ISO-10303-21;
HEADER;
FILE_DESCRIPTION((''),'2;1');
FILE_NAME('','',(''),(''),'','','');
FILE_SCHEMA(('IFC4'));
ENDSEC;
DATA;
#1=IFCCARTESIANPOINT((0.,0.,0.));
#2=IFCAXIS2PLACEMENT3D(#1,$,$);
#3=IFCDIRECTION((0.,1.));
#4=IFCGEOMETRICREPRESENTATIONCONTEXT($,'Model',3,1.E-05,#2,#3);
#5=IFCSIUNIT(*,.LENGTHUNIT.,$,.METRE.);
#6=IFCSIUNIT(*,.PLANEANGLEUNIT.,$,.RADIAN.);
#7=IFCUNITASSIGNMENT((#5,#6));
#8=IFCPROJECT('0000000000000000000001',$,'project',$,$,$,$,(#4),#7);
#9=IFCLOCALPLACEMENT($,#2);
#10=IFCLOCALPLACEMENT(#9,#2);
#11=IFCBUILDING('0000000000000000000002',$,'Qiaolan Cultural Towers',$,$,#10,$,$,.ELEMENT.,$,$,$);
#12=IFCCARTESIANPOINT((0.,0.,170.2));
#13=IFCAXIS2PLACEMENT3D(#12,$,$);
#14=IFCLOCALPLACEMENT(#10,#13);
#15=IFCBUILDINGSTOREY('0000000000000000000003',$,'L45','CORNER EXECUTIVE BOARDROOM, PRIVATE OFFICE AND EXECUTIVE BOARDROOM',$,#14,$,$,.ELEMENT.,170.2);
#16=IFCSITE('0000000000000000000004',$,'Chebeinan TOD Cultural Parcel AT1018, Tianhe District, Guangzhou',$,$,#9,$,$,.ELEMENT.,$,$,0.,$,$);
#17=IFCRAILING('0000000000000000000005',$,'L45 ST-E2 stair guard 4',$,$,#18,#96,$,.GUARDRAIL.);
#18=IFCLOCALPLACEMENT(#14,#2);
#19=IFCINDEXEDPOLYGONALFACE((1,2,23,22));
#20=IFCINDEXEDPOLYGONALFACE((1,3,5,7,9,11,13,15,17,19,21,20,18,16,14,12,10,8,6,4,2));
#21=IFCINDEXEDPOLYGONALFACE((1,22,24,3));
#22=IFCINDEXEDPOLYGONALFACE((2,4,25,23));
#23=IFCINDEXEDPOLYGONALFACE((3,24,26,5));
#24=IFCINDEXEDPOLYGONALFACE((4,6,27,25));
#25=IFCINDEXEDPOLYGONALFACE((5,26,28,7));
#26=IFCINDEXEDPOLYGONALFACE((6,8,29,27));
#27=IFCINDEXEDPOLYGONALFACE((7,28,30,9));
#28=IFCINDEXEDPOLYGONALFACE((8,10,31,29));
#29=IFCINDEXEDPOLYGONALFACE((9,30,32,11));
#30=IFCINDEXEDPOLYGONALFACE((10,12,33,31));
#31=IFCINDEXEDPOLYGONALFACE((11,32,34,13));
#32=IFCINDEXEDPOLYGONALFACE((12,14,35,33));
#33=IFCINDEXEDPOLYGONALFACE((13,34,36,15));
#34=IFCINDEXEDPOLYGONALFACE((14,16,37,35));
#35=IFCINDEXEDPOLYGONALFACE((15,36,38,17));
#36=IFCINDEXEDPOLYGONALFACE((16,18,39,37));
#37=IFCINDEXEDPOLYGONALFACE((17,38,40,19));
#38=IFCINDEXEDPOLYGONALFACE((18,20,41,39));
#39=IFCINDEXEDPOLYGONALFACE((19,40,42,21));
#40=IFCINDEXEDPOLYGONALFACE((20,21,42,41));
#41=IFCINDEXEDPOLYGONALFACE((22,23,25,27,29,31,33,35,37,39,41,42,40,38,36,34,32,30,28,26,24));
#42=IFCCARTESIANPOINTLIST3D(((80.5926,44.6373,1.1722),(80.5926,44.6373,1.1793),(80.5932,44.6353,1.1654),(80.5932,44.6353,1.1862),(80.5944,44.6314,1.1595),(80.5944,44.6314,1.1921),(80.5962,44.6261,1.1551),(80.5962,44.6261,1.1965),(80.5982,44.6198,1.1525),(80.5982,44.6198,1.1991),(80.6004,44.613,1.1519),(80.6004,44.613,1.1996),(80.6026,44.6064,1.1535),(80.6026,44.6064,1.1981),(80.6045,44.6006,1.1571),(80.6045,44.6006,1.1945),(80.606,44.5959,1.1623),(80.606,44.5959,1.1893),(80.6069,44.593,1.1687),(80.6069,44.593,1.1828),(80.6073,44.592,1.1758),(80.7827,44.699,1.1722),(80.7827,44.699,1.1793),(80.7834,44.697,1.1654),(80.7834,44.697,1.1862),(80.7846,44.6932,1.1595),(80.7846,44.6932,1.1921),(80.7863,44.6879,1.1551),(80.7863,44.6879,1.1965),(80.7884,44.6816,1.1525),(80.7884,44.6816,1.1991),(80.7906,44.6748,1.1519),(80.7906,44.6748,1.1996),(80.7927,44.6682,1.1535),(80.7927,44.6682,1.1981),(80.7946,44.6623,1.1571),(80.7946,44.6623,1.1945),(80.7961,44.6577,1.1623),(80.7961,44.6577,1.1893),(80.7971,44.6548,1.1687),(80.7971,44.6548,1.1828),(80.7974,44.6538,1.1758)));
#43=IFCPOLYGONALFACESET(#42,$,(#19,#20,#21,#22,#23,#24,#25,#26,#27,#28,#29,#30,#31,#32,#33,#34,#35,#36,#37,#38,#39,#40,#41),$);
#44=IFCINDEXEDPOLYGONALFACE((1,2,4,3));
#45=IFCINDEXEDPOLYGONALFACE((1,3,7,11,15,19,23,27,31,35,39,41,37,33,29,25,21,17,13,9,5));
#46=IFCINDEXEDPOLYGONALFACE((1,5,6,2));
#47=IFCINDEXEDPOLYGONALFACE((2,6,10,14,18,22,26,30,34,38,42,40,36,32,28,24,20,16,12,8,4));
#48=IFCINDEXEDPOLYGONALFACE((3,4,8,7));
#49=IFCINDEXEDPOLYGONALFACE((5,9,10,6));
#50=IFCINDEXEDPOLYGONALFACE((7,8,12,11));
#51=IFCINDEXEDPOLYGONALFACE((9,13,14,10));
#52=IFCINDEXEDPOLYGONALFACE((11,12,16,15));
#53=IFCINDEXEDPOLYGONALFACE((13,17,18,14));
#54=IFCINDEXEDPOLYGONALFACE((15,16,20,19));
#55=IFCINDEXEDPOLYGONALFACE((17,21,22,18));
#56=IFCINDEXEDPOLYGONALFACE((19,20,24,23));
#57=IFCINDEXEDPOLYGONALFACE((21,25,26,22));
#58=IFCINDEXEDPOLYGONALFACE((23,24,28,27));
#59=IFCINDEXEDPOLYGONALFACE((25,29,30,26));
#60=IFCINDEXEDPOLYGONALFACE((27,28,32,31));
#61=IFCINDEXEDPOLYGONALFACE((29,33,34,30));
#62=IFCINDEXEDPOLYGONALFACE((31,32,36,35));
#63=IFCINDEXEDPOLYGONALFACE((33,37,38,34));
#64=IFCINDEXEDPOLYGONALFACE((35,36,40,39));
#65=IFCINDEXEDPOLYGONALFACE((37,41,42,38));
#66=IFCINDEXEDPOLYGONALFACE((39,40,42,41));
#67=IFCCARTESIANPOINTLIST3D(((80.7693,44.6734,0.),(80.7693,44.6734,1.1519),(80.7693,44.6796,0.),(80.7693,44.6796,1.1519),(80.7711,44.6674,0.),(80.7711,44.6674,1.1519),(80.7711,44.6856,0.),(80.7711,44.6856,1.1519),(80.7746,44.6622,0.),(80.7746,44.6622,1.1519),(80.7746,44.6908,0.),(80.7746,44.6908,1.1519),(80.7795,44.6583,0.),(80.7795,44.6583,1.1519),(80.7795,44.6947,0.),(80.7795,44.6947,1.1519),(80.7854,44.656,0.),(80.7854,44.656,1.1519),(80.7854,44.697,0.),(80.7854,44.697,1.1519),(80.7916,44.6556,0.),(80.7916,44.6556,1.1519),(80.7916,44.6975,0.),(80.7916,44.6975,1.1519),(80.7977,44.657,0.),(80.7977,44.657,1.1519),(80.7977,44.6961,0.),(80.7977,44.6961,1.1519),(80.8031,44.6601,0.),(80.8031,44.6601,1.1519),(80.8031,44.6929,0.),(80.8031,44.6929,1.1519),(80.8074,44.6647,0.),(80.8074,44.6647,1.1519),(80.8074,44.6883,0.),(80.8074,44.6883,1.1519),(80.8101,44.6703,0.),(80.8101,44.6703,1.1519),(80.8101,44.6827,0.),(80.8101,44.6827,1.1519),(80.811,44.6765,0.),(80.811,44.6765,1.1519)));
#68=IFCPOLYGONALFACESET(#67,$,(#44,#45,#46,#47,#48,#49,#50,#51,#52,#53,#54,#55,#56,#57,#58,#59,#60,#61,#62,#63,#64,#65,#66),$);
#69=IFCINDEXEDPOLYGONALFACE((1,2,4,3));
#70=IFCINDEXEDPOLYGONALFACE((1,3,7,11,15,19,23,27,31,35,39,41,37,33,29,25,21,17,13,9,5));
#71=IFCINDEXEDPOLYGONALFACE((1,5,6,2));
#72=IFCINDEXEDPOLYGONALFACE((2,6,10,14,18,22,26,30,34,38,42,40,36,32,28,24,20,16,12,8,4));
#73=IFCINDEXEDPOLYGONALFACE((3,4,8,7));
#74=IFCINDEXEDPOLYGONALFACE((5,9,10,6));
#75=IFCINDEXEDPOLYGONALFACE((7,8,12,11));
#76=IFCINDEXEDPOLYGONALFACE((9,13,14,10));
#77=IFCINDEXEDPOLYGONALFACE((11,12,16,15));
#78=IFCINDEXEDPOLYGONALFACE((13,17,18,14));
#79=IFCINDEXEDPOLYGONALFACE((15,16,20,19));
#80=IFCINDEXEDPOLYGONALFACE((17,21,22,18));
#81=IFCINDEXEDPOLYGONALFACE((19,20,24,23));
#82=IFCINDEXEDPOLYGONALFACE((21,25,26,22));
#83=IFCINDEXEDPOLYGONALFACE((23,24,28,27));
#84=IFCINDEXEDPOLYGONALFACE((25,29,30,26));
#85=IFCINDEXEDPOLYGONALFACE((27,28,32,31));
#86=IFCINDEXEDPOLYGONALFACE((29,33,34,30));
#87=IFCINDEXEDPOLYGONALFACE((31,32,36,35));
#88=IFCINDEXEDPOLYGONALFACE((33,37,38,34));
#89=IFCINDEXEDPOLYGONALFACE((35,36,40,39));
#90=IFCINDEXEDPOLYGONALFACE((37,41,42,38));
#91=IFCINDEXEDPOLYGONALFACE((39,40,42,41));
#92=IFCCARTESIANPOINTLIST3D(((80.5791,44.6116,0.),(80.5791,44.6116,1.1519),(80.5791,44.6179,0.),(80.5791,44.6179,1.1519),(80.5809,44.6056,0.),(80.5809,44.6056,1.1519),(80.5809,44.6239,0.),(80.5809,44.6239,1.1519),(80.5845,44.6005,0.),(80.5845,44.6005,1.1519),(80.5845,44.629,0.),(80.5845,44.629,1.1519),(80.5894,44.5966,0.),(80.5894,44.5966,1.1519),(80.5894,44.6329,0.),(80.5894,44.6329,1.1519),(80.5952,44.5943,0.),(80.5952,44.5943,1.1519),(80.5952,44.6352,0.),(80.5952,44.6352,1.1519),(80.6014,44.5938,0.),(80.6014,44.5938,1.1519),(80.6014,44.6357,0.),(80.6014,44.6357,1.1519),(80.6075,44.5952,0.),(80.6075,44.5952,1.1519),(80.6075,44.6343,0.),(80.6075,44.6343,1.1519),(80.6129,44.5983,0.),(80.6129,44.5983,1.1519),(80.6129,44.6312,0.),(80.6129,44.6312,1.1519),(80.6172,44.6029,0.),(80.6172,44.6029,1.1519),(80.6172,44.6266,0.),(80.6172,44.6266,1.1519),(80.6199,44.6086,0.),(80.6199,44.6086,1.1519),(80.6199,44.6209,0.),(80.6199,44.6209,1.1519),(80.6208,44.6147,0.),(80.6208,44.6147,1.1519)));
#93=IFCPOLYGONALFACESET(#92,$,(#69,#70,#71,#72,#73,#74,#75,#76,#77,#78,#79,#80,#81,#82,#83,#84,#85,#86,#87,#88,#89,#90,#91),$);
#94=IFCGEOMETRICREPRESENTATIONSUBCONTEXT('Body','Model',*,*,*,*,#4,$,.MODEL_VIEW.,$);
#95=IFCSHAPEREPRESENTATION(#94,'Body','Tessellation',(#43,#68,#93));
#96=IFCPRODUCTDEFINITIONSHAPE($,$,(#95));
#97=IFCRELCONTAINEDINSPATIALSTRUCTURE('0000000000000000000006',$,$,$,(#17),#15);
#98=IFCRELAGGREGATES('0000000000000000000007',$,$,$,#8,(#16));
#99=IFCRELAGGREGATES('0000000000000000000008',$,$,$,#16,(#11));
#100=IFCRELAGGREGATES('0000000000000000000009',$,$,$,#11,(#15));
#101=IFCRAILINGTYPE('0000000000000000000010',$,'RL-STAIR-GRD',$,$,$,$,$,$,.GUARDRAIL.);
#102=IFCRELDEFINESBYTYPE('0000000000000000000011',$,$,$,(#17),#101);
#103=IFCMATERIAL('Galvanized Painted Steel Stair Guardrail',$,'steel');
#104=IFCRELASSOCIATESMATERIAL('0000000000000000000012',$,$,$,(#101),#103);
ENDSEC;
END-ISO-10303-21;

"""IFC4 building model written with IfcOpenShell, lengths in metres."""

from ifc_helpers import new_model, si_unit, direction, frame, origin, origin_2d, place, context, subcontext, project, spatial, circle, extrude, material, type_object, element, save


model = new_model("IFC4")

# Units and contexts
model_context = context("Model", 3, precision=1e-05, world=origin(), true_north=direction((0.0, 1.0)))
body_context = subcontext(model_context, "Body", "Model", "MODEL_VIEW")
ifc_project = project(units=[si_unit("LENGTHUNIT", "METRE"), si_unit("PLANEANGLEUNIT", "RADIAN")], contexts=[model_context])

# Site, building, storey
site_placement = place(None, origin())
site = spatial("IfcSite", under=ifc_project, at=site_placement, Name="Chebeinan TOD Cultural Parcel AT1018, Tianhe District, Guangzhou", CompositionType="ELEMENT", RefElevation=0.0)
building_placement = place(site_placement, origin())
building = spatial("IfcBuilding", under=site, at=building_placement, Name="Qiaolan Cultural Towers", CompositionType="ELEMENT")
storey_placement = place(building_placement, frame((0.0, 0.0, 170.2)))
storey = spatial("IfcBuildingStorey", under=building, at=storey_placement, Name="L45", Description="CORNER EXECUTIVE BOARDROOM, PRIVATE OFFICE AND EXECUTIVE BOARDROOM", CompositionType="ELEMENT", Elevation=170.2)

# Railing
ifc_material_1 = material(Name="Galvanized Painted Steel Stair Guardrail", Category="steel")
railing_type_1 = type_object("IfcRailingType", Name="RL-STAIR-GRD", PredefinedType="GUARDRAIL", material=ifc_material_1)
railing_1_placement = place(storey_placement, frame((80.79, 44.6765, 0.0)))
element("IfcRailing", 1, at=railing_1_placement, inside=storey, type_object=railing_type_1, Name="L45 ST-E2 stair guard 4", PredefinedType="GUARDRAIL", context=body_context, shape_type="SweptSolid", body=[
    extrude(circle(Radius=0.0239, at=origin_2d()), frame((0.0, 0.0, 1.1758), z_axis=(-0.951097, -0.308893, 0.0), x_axis=(0.308893, -0.951097, 0.0)), (0.0, 0.0, 1.0), 0.2),
    extrude(circle(Radius=0.021, at=origin_2d()), origin(), (0.0, 0.0, 1.0), 1.1519),
    extrude(circle(Radius=0.021, at=origin_2d()), frame((-0.1902, -0.0618, 0.0)), (0.0, 0.0, 1.0), 1.1519),
])

save(model, "model.ifc")
